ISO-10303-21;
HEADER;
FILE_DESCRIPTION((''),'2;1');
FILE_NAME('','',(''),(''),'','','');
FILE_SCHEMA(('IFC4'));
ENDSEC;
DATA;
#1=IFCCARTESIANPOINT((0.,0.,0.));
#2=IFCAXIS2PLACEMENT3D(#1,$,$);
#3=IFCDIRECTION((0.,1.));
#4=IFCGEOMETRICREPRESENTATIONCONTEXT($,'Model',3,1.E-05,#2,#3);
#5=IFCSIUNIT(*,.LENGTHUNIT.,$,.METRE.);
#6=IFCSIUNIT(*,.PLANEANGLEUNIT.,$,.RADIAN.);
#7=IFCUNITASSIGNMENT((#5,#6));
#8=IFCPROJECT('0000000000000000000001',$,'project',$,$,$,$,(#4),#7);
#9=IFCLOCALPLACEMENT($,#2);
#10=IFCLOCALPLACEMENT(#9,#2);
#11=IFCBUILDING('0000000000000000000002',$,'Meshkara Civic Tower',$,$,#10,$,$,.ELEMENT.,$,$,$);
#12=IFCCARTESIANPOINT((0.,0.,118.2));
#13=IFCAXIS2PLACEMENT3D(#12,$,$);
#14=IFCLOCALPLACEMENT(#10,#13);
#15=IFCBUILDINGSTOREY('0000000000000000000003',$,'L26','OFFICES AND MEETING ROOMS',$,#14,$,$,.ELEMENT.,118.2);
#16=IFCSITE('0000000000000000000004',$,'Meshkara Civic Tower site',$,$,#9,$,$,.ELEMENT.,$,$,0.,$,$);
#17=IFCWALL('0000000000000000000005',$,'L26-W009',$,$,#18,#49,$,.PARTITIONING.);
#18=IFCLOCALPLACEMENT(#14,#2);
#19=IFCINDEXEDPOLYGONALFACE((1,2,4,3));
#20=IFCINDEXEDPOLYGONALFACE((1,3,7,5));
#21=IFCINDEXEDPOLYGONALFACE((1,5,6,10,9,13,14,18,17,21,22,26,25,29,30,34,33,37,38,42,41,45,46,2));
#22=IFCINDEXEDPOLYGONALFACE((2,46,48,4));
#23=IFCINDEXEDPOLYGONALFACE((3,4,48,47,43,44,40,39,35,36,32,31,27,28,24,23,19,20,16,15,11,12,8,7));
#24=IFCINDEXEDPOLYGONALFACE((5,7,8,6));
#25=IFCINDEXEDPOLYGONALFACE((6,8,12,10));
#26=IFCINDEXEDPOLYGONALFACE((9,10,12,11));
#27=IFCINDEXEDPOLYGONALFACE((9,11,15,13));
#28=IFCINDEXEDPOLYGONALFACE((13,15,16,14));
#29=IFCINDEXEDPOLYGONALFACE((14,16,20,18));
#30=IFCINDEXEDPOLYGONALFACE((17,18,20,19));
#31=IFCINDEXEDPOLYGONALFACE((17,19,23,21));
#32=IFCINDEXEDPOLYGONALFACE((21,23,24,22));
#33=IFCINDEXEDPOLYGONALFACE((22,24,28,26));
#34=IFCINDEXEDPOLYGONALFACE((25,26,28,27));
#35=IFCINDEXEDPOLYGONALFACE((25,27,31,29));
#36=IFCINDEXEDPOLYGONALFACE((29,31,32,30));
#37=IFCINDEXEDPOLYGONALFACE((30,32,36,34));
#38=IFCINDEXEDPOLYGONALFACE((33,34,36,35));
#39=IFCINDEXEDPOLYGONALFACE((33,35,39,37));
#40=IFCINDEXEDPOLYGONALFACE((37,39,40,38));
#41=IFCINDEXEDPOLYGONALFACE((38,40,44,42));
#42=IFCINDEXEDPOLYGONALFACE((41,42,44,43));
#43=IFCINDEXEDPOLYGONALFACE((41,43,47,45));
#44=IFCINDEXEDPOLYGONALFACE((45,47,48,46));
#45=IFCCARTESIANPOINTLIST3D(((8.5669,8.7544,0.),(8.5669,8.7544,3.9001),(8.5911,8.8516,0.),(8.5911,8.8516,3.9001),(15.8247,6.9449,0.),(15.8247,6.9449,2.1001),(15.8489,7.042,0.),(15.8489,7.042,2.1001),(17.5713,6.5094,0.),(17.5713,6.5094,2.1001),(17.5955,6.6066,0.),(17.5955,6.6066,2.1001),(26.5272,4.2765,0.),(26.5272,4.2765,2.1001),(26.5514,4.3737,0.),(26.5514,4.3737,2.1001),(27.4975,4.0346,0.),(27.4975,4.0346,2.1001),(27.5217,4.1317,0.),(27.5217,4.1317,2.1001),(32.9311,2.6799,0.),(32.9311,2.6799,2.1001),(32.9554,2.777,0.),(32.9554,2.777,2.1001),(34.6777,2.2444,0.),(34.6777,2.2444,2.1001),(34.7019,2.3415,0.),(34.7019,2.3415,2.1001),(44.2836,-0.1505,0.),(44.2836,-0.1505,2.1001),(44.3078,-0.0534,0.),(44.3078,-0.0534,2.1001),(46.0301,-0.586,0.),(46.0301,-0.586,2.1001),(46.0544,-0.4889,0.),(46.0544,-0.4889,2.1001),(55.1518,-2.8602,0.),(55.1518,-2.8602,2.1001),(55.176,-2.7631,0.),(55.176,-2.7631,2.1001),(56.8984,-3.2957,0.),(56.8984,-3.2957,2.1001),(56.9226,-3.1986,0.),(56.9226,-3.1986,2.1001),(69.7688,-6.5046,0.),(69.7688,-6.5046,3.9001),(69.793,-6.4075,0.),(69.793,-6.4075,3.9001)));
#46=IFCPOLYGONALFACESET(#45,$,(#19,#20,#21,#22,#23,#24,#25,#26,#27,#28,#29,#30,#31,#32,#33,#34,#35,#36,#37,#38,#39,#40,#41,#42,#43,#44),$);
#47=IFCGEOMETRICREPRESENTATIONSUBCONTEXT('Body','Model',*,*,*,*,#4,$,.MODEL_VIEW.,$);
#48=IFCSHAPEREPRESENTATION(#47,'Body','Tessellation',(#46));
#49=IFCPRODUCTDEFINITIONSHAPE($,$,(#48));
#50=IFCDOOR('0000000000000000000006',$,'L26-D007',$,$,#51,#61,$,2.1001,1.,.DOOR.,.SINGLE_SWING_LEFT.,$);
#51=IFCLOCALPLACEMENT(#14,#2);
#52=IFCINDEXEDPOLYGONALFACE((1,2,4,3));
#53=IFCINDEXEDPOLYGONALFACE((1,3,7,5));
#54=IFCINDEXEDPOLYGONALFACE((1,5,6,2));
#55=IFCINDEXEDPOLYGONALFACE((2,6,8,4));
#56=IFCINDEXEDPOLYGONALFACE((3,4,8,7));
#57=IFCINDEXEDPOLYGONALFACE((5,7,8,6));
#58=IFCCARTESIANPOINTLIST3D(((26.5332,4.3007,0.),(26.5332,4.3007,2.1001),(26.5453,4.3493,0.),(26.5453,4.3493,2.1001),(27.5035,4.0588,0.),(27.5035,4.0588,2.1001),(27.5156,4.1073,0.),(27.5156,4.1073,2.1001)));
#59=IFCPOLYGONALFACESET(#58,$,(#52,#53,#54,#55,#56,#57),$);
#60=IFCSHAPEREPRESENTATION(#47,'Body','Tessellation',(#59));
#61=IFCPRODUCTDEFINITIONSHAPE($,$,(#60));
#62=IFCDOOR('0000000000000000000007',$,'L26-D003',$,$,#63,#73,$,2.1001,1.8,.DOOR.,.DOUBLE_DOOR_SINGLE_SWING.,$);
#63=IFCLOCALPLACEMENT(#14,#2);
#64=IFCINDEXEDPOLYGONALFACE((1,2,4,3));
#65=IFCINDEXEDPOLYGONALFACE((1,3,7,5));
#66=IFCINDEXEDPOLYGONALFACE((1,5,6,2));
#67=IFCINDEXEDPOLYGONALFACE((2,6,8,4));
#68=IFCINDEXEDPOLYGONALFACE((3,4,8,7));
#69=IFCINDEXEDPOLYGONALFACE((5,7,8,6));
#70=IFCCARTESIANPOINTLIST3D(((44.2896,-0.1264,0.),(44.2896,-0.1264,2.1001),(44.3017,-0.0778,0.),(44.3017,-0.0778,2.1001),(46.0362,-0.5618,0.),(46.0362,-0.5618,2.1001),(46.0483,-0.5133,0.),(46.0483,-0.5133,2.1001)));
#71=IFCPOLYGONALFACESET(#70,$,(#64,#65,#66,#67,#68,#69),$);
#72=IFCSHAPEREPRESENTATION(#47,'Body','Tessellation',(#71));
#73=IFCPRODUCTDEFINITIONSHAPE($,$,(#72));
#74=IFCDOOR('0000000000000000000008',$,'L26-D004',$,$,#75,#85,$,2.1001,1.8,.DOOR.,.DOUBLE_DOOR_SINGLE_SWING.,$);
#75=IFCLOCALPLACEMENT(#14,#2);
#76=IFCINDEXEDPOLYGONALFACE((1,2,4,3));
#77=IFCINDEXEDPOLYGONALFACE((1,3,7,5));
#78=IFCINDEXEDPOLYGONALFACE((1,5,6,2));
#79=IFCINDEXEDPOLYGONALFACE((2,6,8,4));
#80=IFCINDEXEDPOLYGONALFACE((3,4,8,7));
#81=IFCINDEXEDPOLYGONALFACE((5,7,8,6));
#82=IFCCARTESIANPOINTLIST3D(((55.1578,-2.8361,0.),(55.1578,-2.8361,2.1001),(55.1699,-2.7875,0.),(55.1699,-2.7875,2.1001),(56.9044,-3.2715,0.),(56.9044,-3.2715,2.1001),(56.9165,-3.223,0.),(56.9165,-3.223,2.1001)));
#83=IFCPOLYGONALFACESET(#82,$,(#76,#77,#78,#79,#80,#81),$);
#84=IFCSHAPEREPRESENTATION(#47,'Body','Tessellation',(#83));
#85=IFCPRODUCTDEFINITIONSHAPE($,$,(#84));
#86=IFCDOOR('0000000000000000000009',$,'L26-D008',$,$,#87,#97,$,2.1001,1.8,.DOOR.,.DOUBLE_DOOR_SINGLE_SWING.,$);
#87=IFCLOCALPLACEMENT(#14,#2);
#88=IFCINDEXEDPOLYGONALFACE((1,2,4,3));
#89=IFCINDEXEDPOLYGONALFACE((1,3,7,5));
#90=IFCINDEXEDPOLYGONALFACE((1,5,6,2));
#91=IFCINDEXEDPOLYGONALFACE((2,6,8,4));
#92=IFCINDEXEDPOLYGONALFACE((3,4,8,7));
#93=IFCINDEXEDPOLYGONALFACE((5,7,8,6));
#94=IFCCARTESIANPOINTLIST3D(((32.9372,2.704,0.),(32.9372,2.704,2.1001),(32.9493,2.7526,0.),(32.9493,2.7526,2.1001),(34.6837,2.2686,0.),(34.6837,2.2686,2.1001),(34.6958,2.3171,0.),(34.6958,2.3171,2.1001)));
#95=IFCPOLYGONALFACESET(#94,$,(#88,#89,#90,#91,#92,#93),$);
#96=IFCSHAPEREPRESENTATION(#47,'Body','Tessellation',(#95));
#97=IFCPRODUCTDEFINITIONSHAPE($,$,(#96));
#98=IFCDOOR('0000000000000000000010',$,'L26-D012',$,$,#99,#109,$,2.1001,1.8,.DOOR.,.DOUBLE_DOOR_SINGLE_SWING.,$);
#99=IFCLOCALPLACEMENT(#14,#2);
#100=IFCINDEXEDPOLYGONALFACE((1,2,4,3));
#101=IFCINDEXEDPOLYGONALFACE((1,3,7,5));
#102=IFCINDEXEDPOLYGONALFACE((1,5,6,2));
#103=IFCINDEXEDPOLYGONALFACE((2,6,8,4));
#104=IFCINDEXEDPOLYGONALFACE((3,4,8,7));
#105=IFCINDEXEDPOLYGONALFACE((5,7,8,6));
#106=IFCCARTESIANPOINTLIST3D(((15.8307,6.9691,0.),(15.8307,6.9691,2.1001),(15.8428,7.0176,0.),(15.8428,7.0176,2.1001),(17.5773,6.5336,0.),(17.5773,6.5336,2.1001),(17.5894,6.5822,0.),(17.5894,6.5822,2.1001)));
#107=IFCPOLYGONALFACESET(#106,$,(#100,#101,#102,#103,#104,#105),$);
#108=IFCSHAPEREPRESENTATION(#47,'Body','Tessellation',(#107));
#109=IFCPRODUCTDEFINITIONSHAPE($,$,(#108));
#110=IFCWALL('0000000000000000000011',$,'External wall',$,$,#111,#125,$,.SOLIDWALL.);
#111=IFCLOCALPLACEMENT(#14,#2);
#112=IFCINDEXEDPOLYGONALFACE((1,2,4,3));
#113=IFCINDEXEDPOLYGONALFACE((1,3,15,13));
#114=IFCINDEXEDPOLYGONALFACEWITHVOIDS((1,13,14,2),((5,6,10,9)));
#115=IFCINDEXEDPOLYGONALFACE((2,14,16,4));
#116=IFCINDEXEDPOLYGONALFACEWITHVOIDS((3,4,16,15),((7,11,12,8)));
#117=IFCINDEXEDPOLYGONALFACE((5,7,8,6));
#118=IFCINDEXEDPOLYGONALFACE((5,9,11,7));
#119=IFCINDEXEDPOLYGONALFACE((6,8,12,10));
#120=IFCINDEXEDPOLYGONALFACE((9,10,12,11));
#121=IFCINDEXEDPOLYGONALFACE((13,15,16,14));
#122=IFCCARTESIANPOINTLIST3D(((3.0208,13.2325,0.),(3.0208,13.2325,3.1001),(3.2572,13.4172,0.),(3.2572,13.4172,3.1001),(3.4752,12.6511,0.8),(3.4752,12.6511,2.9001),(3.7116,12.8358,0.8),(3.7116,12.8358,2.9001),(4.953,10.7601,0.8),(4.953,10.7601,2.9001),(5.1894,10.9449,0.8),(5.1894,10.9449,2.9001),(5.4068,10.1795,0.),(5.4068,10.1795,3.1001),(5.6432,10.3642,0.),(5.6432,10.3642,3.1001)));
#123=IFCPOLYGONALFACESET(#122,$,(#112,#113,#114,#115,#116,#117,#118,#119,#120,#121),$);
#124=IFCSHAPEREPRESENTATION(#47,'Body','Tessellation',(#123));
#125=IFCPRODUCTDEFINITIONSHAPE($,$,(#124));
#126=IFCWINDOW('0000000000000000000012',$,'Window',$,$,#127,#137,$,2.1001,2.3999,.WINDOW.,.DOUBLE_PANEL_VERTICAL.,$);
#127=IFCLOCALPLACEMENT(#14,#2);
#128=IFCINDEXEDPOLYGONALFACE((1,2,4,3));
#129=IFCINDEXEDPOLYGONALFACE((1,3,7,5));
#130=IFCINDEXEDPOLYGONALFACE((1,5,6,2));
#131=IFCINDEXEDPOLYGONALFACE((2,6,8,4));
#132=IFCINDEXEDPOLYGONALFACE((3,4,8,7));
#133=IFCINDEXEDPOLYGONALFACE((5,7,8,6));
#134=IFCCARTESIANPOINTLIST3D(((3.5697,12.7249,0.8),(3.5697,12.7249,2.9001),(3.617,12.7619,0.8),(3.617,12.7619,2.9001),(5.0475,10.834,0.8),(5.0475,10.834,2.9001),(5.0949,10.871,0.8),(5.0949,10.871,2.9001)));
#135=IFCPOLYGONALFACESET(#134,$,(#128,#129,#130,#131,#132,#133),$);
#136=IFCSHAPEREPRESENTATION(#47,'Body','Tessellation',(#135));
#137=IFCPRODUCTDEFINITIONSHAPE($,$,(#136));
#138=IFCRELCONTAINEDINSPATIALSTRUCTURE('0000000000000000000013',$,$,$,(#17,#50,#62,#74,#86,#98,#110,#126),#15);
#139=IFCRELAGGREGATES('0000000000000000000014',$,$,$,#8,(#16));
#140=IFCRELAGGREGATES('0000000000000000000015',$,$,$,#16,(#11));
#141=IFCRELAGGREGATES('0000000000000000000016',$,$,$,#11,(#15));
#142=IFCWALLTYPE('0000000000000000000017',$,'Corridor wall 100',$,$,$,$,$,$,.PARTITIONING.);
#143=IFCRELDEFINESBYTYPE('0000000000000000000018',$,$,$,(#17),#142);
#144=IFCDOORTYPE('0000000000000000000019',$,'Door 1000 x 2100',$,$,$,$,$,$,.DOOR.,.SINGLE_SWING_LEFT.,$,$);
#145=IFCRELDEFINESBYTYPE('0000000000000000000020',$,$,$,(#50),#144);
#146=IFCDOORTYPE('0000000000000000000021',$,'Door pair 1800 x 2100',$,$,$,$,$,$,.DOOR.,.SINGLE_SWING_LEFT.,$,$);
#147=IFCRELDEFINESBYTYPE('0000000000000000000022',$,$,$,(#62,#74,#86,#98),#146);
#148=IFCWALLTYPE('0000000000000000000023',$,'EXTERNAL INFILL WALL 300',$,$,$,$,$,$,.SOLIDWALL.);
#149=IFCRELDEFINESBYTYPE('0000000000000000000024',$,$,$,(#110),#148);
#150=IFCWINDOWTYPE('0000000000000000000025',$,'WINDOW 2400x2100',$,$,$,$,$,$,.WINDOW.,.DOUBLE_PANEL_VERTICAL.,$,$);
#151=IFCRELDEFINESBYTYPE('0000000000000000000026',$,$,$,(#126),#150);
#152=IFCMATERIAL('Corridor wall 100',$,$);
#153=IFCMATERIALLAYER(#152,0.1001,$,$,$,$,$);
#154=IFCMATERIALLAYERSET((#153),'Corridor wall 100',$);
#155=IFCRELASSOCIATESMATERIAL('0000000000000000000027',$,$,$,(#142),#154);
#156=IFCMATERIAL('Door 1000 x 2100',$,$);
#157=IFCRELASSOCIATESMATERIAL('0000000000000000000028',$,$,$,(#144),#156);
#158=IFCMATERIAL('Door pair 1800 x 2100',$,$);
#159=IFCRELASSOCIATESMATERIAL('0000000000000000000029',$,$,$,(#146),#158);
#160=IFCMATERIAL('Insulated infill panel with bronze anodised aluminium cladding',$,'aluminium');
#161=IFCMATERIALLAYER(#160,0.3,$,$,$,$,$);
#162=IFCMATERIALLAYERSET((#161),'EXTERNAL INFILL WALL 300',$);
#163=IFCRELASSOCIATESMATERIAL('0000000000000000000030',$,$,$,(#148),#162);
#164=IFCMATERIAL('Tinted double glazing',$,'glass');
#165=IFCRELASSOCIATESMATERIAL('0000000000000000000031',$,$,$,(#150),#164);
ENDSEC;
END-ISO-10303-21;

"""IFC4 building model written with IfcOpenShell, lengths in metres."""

from ifc_helpers import new_model, si_unit, direction, frame, frame_2d, origin, place, context, subcontext, project, spatial, rectangle, extrude, material, layer, layer_set, type_object, element, fill, save


model = new_model("IFC4")

# Units and contexts
model_context = context("Model", 3, precision=1e-05, world=origin(), true_north=direction((0.0, 1.0)))
body_context = subcontext(model_context, "Body", "Model", "MODEL_VIEW")
ifc_project = project(units=[si_unit("LENGTHUNIT", "METRE"), si_unit("PLANEANGLEUNIT", "RADIAN")], contexts=[model_context])

# Site, building, storey
site_placement = place(None, origin())
site = spatial("IfcSite", under=ifc_project, at=site_placement, Name="Meshkara Civic Tower site", CompositionType="ELEMENT", RefElevation=0.0)
building_placement = place(site_placement, origin())
building = spatial("IfcBuilding", under=site, at=building_placement, Name="Meshkara Civic Tower", CompositionType="ELEMENT")
storey_placement = place(building_placement, frame((0.0, 0.0, 118.2)))
storey = spatial("IfcBuildingStorey", under=building, at=storey_placement, Name="L26", Description="OFFICES AND MEETING ROOMS", CompositionType="ELEMENT", Elevation=118.2)

# Shared definitions
ifc_material_1 = material(Name="Corridor wall 100")
ifc_layer_1 = layer(ifc_material_1, 0.1001)
ifc_layer_set_1 = layer_set([ifc_layer_1], Name="Corridor wall 100")
wall_type_1 = type_object("IfcWallType", Name="Corridor wall 100", PredefinedType="PARTITIONING", material=ifc_layer_set_1)

# Shared definitions
ifc_material_2 = material(Name="Door 1000 x 2100")
door_type_1 = type_object("IfcDoorType", Name="Door 1000 x 2100", OperationType="SINGLE_SWING_LEFT", PredefinedType="DOOR", material=ifc_material_2)

# Wall, openings, doors
wall_1_placement = place(storey_placement, frame((8.5791, 8.803, 0.0), z_axis=(0.0, 0.0, 1.0), x_axis=(0.970297, -0.241917, 0.0)))
wall_1 = element("IfcWall", 1, at=wall_1_placement, inside=storey, type_object=wall_type_1, Name="L26-W009", PredefinedType="PARTITIONING", context=body_context, shape_type="SweptSolid", body=[
    extrude(rectangle(XDim=63.0754, YDim=0.1001, at=frame_2d((31.5376, 0.0))), origin(), (0.0, 0.0, 1.0), 3.9001),
])
opening_1_placement = place(wall_1_placement, frame((36.8101, 0.0, 0.0)))
opening_1 = element("IfcOpeningElement", 2, at=opening_1_placement, cuts=wall_1, PredefinedType="OPENING", context=body_context, shape_type="SweptSolid", body=[
    extrude(rectangle(XDim=1.8, YDim=2.1001, at=frame_2d((0.8999, 1.05))), frame((0.0, 0.0601, 0.0), z_axis=(0.0, -1.0, 0.0), x_axis=(1.0, 0.0, 0.0)), (0.0, 0.0, 1.0), 0.1201),
])
opening_2_placement = place(wall_1_placement, frame((48.011, 0.0, 0.0)))
opening_2 = element("IfcOpeningElement", 3, at=opening_2_placement, cuts=wall_1, PredefinedType="OPENING", context=body_context, shape_type="SweptSolid", body=[
    extrude(rectangle(XDim=1.8, YDim=2.1001, at=frame_2d((0.8999, 1.05))), frame((0.0, 0.0601, 0.0), z_axis=(0.0, -1.0, 0.0), x_axis=(1.0, 0.0, 0.0)), (0.0, 0.0, 1.0), 0.1201),
])
opening_3_placement = place(wall_1_placement, frame((18.51, 0.0, 0.0)))
opening_3 = element("IfcOpeningElement", 4, at=opening_3_placement, cuts=wall_1, PredefinedType="OPENING", context=body_context, shape_type="SweptSolid", body=[
    extrude(rectangle(XDim=1.0, YDim=2.1001, at=frame_2d((0.5, 1.05))), frame((0.0, 0.0601, 0.0), z_axis=(0.0, -1.0, 0.0), x_axis=(1.0, 0.0, 0.0)), (0.0, 0.0, 1.0), 0.1201),
])
opening_4_placement = place(wall_1_placement, frame((25.1101, 0.0, 0.0)))
opening_4 = element("IfcOpeningElement", 5, at=opening_4_placement, cuts=wall_1, PredefinedType="OPENING", context=body_context, shape_type="SweptSolid", body=[
    extrude(rectangle(XDim=1.8, YDim=2.1001, at=frame_2d((0.8999, 1.05))), frame((0.0, 0.0601, 0.0), z_axis=(0.0, -1.0, 0.0), x_axis=(1.0, 0.0, 0.0)), (0.0, 0.0, 1.0), 0.1201),
])
opening_5_placement = place(wall_1_placement, frame((7.48, 0.0, 0.0)))
opening_5 = element("IfcOpeningElement", 6, at=opening_5_placement, cuts=wall_1, PredefinedType="OPENING", context=body_context, shape_type="SweptSolid", body=[
    extrude(rectangle(XDim=1.8, YDim=2.1001, at=frame_2d((0.8999, 1.05))), frame((0.0, 0.0601, 0.0), z_axis=(0.0, -1.0, 0.0), x_axis=(1.0, 0.0, 0.0)), (0.0, 0.0, 1.0), 0.1201),
])
door_1_placement = place(opening_3_placement, origin())
door_1 = element("IfcDoor", 7, at=door_1_placement, inside=storey, type_object=door_type_1, Name="L26-D007", OperationType="SINGLE_SWING_LEFT", OverallHeight=2.1001, OverallWidth=1.0, PredefinedType="DOOR", context=body_context, shape_type="SweptSolid", body=[
    extrude(rectangle(XDim=1.0, YDim=2.1001, at=frame_2d((0.5, 1.05))), frame((0.0, 0.0249, 0.0), z_axis=(0.0, -1.0, 0.0), x_axis=(1.0, 0.0, 0.0)), (0.0, 0.0, 1.0), 0.05),
])
fill(opening_3, door_1)
ifc_material_3 = material(Name="Door pair 1800 x 2100")
door_type_2 = type_object("IfcDoorType", Name="Door pair 1800 x 2100", OperationType="SINGLE_SWING_LEFT", PredefinedType="DOOR", material=ifc_material_3)
door_2_placement = place(opening_1_placement, origin())
door_2 = element("IfcDoor", 8, at=door_2_placement, inside=storey, type_object=door_type_2, Name="L26-D003", OperationType="DOUBLE_DOOR_SINGLE_SWING", OverallHeight=2.1001, OverallWidth=1.8, PredefinedType="DOOR", context=body_context, shape_type="SweptSolid", body=[
    extrude(rectangle(XDim=1.8, YDim=2.1001, at=frame_2d((0.8999, 1.05))), frame((0.0, 0.0249, 0.0), z_axis=(0.0, -1.0, 0.0), x_axis=(1.0, 0.0, 0.0)), (0.0, 0.0, 1.0), 0.05),
])
fill(opening_1, door_2)
door_3_placement = place(opening_2_placement, origin())
door_3 = element("IfcDoor", 9, at=door_3_placement, inside=storey, type_object=door_type_2, Name="L26-D004", OperationType="DOUBLE_DOOR_SINGLE_SWING", OverallHeight=2.1001, OverallWidth=1.8, PredefinedType="DOOR", context=body_context, shape_type="SweptSolid", body=[
    extrude(rectangle(XDim=1.8, YDim=2.1001, at=frame_2d((0.8999, 1.05))), frame((0.0, 0.0249, 0.0), z_axis=(0.0, -1.0, 0.0), x_axis=(1.0, 0.0, 0.0)), (0.0, 0.0, 1.0), 0.05),
])
fill(opening_2, door_3)
door_4_placement = place(opening_4_placement, origin())
door_4 = element("IfcDoor", 10, at=door_4_placement, inside=storey, type_object=door_type_2, Name="L26-D008", OperationType="DOUBLE_DOOR_SINGLE_SWING", OverallHeight=2.1001, OverallWidth=1.8, PredefinedType="DOOR", context=body_context, shape_type="SweptSolid", body=[
    extrude(rectangle(XDim=1.8, YDim=2.1001, at=frame_2d((0.8999, 1.05))), frame((0.0, 0.0249, 0.0), z_axis=(0.0, -1.0, 0.0), x_axis=(1.0, 0.0, 0.0)), (0.0, 0.0, 1.0), 0.05),
])
fill(opening_4, door_4)
door_5_placement = place(opening_5_placement, origin())
door_5 = element("IfcDoor", 11, at=door_5_placement, inside=storey, type_object=door_type_2, Name="L26-D012", OperationType="DOUBLE_DOOR_SINGLE_SWING", OverallHeight=2.1001, OverallWidth=1.8, PredefinedType="DOOR", context=body_context, shape_type="SweptSolid", body=[
    extrude(rectangle(XDim=1.8, YDim=2.1001, at=frame_2d((0.8999, 1.05))), frame((0.0, 0.0249, 0.0), z_axis=(0.0, -1.0, 0.0), x_axis=(1.0, 0.0, 0.0)), (0.0, 0.0, 1.0), 0.05),
])
fill(opening_5, door_5)

# Wall, opening, window
ifc_material_4 = material(Name="Insulated infill panel with bronze anodised aluminium cladding", Category="aluminium")
ifc_layer_2 = layer(ifc_material_4, 0.3)
ifc_layer_set_2 = layer_set([ifc_layer_2], Name="EXTERNAL INFILL WALL 300")
wall_type_2 = type_object("IfcWallType", Name="EXTERNAL INFILL WALL 300", PredefinedType="SOLIDWALL", material=ifc_layer_set_2)
wall_2_placement = place(storey_placement, frame((3.1389, 13.325, 0.0), z_axis=(0.0, 0.0, 1.0), x_axis=(0.61578, -0.787918, 0.0)))
wall_2 = element("IfcWall", 12, at=wall_2_placement, inside=storey, type_object=wall_type_2, Name="External wall", PredefinedType="SOLIDWALL", context=body_context, shape_type="SweptSolid", body=[
    extrude(rectangle(XDim=3.8748, YDim=0.3, at=frame_2d((1.9375, 0.0))), origin(), (0.0, 0.0, 1.0), 3.1001),
])
opening_6_placement = place(wall_2_placement, frame((0.738, 0.0, 0.8)))
opening_6 = element("IfcOpeningElement", 13, at=opening_6_placement, cuts=wall_2, PredefinedType="OPENING", context=body_context, shape_type="SweptSolid", body=[
    extrude(rectangle(XDim=2.3999, YDim=2.1001, at=frame_2d((1.2, 1.05))), frame((0.0, 0.1599, 0.0), z_axis=(0.0, -1.0, 0.0), x_axis=(1.0, 0.0, 0.0)), (0.0, 0.0, 1.0), 0.3201),
])
ifc_material_5 = material(Name="Tinted double glazing", Category="glass")
window_type = type_object("IfcWindowType", Name="WINDOW 2400x2100", PartitioningType="DOUBLE_PANEL_VERTICAL", PredefinedType="WINDOW", material=ifc_material_5)
window_1_placement = place(opening_6_placement, origin())
window_1 = element("IfcWindow", 14, at=window_1_placement, inside=storey, type_object=window_type, Name="Window", OverallHeight=2.1001, OverallWidth=2.3999, PartitioningType="DOUBLE_PANEL_VERTICAL", PredefinedType="WINDOW", context=body_context, shape_type="SweptSolid", body=[
    extrude(rectangle(XDim=2.3999, YDim=2.1001, at=frame_2d((1.2, 1.05))), frame((0.0, 0.03, 0.0), z_axis=(0.0, -1.0, 0.0), x_axis=(1.0, 0.0, 0.0)), (0.0, 0.0, 1.0), 0.0601),
])
fill(opening_6, window_1)

save(model, "model.ifc")
